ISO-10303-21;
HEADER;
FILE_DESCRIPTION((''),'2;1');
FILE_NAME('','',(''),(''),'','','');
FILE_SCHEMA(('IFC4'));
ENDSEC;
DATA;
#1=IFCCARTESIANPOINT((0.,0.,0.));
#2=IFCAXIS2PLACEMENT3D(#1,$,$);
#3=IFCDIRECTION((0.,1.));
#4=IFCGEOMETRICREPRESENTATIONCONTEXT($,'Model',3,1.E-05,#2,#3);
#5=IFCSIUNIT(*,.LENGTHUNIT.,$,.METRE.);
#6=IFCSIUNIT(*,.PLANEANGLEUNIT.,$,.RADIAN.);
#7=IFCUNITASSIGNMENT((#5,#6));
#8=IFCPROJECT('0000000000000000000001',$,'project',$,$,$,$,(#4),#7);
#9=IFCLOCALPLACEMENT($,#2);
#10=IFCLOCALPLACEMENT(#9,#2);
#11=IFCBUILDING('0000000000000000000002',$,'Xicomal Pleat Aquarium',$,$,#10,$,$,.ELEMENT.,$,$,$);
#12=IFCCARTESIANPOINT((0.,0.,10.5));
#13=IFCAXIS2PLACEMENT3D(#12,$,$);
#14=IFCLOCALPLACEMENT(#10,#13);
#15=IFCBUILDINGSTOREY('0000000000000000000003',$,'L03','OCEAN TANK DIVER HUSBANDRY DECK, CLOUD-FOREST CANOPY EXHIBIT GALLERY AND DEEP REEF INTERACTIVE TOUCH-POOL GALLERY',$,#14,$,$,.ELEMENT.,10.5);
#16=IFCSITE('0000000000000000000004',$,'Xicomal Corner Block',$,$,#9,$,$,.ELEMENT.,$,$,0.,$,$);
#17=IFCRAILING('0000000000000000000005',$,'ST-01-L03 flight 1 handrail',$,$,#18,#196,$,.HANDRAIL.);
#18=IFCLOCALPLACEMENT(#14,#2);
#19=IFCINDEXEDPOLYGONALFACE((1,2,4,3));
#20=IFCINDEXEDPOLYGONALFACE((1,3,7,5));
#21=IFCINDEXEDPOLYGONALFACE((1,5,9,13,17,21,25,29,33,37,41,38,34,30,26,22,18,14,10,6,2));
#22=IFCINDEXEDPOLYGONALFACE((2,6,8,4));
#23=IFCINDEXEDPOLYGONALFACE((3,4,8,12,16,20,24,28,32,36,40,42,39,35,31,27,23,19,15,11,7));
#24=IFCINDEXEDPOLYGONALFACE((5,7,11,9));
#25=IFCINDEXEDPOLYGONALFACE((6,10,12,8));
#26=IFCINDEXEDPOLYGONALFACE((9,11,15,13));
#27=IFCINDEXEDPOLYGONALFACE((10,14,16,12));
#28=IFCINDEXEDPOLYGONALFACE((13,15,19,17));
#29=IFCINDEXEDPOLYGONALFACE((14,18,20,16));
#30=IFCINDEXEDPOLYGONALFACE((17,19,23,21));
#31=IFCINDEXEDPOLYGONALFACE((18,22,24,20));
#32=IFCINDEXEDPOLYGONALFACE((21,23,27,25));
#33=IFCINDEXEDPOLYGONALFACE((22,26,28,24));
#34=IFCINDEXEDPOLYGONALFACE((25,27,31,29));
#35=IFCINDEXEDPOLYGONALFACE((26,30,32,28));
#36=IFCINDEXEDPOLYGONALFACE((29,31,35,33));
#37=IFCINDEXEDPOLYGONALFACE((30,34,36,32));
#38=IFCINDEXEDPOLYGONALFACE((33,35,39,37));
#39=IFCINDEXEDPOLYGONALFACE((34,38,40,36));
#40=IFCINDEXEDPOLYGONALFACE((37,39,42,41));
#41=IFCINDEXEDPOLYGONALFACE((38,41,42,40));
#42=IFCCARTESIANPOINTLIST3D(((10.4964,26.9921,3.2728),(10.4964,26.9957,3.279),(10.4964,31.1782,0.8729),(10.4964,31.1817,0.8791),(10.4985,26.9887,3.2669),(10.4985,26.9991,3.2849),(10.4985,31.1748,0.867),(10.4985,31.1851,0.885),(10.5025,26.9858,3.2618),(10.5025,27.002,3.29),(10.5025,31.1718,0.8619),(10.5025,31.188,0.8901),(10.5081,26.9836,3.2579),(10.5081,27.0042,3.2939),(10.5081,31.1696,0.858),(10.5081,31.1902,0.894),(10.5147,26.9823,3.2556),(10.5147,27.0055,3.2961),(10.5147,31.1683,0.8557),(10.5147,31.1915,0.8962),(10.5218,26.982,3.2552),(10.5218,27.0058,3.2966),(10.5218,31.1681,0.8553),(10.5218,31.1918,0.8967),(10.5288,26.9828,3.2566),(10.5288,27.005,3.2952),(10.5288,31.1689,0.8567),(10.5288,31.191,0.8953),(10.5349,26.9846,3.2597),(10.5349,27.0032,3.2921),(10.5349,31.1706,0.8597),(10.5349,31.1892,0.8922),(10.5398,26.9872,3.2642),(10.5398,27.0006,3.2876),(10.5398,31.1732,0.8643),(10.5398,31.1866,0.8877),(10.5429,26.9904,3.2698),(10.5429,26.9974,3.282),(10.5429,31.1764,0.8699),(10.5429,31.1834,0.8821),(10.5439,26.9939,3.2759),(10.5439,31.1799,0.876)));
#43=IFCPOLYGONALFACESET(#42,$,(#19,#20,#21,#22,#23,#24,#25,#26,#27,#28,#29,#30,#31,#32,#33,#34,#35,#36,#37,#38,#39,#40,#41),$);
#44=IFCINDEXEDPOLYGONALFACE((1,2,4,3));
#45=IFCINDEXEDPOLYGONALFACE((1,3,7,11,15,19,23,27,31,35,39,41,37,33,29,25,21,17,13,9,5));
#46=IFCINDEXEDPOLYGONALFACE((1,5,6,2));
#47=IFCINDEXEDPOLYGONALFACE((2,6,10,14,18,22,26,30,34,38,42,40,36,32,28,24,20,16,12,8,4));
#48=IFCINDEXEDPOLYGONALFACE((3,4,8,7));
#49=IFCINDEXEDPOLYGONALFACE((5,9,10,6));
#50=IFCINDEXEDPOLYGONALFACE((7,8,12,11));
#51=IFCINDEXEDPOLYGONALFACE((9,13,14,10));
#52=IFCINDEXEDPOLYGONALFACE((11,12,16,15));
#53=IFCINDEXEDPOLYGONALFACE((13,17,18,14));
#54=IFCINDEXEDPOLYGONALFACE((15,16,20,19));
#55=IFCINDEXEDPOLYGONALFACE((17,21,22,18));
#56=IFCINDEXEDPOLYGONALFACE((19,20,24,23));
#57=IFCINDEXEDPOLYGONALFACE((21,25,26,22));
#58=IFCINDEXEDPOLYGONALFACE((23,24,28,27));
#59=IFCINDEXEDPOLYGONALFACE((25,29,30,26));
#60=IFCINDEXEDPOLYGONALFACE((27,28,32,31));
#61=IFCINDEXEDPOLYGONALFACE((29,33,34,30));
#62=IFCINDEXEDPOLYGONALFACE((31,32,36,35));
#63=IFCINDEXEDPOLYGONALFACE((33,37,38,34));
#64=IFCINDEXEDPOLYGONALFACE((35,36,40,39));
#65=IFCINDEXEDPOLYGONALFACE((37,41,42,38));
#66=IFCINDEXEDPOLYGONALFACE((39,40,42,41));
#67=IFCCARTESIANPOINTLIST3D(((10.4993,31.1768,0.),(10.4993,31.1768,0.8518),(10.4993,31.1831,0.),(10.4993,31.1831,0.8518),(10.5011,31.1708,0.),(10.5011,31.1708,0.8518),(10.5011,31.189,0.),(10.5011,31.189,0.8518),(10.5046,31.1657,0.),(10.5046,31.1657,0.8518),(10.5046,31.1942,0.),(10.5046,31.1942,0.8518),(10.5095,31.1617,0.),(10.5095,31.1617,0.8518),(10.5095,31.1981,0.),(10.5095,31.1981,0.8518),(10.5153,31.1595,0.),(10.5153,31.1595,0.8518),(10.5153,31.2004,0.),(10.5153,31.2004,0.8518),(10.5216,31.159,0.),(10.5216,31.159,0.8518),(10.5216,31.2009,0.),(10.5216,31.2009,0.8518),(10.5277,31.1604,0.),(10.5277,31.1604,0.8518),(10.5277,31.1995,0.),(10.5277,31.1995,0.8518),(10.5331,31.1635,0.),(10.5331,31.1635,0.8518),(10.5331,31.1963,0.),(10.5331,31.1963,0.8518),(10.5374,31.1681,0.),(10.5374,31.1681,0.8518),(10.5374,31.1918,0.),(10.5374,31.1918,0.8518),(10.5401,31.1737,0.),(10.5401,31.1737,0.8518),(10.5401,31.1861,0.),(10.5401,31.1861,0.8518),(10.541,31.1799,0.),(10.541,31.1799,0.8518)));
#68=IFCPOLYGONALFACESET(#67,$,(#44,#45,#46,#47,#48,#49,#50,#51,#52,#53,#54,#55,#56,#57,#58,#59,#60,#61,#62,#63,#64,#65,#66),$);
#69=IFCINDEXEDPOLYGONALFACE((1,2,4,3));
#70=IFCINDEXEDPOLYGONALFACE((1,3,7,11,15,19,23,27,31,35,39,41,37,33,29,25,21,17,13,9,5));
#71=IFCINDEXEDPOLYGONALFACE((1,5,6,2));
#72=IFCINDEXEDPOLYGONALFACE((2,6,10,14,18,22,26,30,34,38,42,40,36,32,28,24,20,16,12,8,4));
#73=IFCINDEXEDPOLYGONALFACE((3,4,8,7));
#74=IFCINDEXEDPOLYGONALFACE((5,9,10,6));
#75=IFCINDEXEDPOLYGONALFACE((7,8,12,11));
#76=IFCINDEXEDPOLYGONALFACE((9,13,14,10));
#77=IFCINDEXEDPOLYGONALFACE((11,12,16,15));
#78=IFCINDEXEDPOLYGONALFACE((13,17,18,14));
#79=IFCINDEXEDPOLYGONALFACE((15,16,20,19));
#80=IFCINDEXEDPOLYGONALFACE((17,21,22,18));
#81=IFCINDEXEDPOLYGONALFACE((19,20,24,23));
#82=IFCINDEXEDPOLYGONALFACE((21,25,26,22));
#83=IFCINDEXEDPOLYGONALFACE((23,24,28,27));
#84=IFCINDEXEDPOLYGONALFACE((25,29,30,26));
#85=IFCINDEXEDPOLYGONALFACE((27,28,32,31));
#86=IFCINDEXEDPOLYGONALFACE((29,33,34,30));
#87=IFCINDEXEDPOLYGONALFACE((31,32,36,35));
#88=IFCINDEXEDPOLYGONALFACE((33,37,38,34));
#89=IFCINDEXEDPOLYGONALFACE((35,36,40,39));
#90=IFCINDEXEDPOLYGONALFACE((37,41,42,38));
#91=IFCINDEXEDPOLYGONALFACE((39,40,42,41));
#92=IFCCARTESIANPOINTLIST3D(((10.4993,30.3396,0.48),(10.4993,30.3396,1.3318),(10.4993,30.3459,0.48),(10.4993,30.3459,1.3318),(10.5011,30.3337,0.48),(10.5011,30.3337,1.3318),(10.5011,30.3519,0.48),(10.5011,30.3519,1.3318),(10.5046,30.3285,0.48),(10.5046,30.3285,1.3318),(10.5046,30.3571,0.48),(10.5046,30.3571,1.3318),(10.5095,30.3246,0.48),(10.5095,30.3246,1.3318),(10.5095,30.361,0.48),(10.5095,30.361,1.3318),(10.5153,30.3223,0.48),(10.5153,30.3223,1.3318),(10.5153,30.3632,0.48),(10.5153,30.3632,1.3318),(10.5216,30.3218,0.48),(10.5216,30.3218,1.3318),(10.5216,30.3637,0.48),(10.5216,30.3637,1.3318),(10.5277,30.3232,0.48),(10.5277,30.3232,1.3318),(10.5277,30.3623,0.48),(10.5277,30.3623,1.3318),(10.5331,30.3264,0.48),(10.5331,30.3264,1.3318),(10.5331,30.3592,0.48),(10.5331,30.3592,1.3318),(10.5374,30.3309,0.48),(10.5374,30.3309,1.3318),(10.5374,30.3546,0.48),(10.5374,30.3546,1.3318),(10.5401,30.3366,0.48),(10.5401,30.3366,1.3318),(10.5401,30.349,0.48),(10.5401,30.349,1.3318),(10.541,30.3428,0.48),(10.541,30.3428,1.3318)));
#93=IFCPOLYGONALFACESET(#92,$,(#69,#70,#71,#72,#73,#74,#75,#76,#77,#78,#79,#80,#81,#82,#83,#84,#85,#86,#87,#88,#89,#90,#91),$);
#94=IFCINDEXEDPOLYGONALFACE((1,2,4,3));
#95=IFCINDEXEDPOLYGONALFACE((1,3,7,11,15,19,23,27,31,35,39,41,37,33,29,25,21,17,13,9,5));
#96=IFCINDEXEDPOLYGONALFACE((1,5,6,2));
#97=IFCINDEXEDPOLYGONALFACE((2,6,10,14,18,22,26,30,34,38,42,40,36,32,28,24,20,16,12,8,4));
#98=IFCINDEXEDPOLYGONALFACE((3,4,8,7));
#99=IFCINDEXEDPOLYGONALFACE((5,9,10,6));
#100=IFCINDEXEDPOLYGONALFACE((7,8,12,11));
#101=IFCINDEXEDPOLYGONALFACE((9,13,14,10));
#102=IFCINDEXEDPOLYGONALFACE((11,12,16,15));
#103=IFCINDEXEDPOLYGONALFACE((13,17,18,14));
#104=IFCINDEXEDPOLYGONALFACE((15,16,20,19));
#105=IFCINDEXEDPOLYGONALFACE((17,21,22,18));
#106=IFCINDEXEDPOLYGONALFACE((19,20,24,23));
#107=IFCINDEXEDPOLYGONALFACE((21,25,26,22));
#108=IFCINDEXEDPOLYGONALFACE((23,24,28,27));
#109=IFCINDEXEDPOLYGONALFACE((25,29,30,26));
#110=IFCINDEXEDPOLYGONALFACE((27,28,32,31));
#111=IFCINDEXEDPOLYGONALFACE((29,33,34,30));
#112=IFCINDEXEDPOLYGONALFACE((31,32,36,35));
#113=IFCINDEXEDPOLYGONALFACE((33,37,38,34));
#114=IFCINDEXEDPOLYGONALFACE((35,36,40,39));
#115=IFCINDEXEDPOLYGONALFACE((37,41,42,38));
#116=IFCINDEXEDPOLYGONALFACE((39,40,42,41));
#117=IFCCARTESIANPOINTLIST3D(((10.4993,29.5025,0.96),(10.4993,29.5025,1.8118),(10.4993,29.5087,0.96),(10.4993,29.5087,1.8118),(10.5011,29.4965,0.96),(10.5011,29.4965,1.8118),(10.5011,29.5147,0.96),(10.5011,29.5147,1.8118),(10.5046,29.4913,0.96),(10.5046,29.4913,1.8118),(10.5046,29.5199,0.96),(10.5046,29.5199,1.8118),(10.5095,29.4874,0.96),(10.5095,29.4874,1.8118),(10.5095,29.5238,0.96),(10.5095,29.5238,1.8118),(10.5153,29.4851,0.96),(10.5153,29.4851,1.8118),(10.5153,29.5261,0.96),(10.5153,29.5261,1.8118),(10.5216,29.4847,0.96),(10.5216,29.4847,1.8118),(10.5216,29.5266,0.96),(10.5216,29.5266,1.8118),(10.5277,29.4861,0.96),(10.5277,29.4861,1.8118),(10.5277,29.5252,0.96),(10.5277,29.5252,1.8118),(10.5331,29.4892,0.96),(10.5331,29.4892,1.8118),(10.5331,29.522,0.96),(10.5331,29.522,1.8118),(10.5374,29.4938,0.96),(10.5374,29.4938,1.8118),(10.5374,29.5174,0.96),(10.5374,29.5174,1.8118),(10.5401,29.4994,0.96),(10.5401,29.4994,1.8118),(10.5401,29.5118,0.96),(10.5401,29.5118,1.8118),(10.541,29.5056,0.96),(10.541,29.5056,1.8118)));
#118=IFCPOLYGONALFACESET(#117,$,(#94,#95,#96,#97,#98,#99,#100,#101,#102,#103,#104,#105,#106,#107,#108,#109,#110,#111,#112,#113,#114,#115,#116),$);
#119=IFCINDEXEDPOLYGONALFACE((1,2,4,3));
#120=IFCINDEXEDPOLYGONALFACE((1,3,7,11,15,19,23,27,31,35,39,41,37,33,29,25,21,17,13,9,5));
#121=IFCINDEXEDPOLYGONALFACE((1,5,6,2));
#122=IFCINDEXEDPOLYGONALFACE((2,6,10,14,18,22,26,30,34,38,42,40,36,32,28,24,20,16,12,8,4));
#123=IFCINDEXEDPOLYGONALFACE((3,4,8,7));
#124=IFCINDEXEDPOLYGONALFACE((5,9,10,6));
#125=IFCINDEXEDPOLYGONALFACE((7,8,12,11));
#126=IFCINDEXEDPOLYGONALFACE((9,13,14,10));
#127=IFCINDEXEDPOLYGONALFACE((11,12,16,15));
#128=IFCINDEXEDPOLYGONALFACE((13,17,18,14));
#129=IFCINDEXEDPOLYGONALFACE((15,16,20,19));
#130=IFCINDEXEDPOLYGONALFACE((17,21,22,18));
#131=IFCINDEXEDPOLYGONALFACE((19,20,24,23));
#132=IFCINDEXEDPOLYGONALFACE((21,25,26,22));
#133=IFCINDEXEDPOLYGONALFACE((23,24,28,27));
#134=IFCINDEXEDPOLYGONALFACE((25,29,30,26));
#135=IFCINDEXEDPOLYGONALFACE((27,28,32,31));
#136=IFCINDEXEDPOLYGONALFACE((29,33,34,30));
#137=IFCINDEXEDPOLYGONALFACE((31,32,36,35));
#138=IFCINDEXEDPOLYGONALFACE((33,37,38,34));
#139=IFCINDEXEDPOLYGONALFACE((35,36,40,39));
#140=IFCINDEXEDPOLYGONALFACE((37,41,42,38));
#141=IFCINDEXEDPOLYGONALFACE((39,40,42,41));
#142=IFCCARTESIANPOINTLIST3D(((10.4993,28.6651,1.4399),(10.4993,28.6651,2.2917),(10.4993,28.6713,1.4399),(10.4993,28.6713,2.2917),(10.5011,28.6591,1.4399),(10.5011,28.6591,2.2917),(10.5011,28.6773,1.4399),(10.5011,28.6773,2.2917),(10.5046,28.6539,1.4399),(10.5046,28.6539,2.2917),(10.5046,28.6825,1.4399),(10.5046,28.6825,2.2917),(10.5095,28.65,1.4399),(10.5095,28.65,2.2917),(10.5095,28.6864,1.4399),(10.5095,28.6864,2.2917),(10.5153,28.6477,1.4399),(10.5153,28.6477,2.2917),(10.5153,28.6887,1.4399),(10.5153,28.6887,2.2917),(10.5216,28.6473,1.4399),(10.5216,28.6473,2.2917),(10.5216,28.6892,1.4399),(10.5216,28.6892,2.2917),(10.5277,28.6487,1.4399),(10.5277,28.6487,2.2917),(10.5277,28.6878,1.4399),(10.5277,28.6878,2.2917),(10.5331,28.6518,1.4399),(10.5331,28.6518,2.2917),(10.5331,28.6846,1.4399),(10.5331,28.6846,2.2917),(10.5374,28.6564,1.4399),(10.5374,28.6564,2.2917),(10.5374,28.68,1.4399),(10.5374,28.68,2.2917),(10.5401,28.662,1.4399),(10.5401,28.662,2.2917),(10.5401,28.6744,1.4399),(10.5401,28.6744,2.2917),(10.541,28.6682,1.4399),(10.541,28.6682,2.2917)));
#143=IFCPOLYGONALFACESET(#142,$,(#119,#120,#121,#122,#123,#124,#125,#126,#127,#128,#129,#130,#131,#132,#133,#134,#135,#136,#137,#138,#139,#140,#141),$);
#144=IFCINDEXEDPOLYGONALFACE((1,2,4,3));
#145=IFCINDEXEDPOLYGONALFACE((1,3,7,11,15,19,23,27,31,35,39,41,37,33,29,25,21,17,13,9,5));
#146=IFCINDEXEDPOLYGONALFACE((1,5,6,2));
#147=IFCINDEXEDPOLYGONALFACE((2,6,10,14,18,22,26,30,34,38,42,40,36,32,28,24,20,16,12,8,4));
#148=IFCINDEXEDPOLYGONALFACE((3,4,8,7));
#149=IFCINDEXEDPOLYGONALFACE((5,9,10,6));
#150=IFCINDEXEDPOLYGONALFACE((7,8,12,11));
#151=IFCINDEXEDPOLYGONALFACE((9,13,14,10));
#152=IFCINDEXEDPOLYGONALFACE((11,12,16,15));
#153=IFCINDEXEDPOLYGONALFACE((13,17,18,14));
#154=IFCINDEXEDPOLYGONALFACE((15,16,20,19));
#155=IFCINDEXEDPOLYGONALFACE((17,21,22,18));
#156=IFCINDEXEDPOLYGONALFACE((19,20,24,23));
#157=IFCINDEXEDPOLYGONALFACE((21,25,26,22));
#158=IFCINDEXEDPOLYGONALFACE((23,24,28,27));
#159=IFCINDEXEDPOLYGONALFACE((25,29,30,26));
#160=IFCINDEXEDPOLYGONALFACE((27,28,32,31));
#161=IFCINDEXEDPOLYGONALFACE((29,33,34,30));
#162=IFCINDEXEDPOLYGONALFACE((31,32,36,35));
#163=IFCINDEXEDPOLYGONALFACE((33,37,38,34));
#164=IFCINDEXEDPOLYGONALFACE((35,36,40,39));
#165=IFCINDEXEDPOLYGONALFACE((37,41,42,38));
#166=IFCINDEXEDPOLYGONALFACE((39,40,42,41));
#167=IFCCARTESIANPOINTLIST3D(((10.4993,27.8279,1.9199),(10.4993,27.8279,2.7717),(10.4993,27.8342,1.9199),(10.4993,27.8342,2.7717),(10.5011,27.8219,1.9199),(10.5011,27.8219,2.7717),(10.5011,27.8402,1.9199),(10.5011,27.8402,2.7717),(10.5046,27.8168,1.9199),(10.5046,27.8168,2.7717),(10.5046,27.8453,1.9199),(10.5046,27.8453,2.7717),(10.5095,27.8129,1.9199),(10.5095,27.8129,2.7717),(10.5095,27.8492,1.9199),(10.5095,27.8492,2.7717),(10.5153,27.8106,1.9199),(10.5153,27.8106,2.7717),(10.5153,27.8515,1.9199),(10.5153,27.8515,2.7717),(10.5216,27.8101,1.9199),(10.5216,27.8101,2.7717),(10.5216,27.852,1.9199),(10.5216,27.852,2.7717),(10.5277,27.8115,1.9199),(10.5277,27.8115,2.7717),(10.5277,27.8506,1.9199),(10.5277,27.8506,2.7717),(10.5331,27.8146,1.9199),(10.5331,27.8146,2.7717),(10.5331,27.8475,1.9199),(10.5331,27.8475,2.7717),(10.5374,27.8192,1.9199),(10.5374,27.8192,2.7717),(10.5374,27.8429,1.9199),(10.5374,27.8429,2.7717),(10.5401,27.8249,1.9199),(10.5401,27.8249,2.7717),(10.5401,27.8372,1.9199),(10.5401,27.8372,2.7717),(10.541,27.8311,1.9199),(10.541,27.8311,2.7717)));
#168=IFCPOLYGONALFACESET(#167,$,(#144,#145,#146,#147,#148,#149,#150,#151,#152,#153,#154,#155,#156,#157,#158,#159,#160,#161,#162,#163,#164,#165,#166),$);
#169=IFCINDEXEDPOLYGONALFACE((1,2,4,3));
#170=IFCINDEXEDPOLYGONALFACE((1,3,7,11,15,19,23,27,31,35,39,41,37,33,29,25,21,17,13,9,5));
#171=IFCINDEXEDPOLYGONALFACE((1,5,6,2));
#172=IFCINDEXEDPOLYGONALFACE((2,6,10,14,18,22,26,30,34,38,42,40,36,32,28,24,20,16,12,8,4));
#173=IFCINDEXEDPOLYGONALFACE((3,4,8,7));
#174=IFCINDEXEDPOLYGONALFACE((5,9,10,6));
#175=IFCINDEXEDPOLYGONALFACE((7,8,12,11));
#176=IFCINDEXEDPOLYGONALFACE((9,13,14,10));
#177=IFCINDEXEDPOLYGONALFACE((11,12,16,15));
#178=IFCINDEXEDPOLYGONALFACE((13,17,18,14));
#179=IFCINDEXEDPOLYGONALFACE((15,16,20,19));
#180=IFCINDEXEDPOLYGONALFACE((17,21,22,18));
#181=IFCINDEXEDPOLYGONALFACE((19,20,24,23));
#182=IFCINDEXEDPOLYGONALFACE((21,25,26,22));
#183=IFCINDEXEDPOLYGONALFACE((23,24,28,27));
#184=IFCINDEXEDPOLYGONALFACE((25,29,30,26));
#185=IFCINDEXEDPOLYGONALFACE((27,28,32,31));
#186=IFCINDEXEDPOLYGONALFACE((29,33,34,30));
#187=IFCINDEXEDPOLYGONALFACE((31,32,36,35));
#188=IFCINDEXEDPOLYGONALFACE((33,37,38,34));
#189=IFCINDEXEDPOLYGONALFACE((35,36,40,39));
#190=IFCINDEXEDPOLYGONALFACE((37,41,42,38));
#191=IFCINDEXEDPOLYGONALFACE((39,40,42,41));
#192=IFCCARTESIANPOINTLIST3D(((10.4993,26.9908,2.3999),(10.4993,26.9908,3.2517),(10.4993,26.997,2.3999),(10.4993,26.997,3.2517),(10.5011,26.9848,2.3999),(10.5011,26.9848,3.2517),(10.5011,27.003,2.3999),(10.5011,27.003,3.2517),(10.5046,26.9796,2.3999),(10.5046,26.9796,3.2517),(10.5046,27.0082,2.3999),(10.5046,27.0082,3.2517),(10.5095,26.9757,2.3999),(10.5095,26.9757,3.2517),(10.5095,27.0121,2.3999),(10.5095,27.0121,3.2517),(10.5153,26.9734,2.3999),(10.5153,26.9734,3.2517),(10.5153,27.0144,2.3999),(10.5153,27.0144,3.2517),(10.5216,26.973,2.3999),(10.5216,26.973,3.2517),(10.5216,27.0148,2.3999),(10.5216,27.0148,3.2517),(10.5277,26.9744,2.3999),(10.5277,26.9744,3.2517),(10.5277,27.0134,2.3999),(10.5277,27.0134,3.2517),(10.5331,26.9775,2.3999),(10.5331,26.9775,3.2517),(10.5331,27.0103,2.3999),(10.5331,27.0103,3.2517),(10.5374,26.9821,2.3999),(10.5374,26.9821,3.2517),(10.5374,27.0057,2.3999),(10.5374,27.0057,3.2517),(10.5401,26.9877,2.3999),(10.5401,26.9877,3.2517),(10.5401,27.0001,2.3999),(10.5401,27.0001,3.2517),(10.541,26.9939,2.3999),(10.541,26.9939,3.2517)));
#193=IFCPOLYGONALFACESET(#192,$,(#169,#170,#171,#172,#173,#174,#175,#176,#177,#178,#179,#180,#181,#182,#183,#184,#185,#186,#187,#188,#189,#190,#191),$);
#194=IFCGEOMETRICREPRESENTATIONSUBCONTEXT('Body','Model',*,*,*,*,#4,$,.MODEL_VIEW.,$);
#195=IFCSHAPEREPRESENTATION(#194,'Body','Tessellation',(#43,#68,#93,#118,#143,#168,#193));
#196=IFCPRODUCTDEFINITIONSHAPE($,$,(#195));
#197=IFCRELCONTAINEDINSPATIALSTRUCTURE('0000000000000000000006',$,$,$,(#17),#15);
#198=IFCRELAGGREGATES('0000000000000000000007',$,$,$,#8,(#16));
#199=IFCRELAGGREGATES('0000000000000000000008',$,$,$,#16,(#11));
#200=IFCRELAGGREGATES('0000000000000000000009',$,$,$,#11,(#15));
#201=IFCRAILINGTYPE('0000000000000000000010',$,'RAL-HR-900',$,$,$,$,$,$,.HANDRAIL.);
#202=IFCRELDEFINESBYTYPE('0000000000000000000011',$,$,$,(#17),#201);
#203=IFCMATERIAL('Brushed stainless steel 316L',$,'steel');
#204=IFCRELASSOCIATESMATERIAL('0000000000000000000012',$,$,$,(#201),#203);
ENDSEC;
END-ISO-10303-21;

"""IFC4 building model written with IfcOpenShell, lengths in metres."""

from ifc_helpers import new_model, si_unit, direction, frame, origin, origin_2d, place, context, subcontext, project, spatial, circle, extrude, material, type_object, element, save


model = new_model("IFC4")

# Units and contexts
model_context = context("Model", 3, precision=1e-05, world=origin(), true_north=direction((0.0, 1.0)))
body_context = subcontext(model_context, "Body", "Model", "MODEL_VIEW")
ifc_project = project(units=[si_unit("LENGTHUNIT", "METRE"), si_unit("PLANEANGLEUNIT", "RADIAN")], contexts=[model_context])

# Site, building, storey
site_placement = place(None, origin())
site = spatial("IfcSite", under=ifc_project, at=site_placement, Name="Xicomal Corner Block", CompositionType="ELEMENT", RefElevation=0.0)
building_placement = place(site_placement, origin())
building = spatial("IfcBuilding", under=site, at=building_placement, Name="Xicomal Pleat Aquarium", CompositionType="ELEMENT")
storey_placement = place(building_placement, frame((0.0, 0.0, 10.5)))
storey = spatial("IfcBuildingStorey", under=building, at=storey_placement, Name="L03", Description="OCEAN TANK DIVER HUSBANDRY DECK, CLOUD-FOREST CANOPY EXHIBIT GALLERY AND DEEP REEF INTERACTIVE TOUCH-POOL GALLERY", CompositionType="ELEMENT", Elevation=10.5)

# Railing
ifc_material_1 = material(Name="Brushed stainless steel 316L", Category="steel")
railing_type_1 = type_object("IfcRailingType", Name="RAL-HR-900", PredefinedType="HANDRAIL", material=ifc_material_1)
railing_1_placement = place(storey_placement, frame((10.52, 31.1799, 0.0)))
element("IfcRailing", 1, at=railing_1_placement, inside=storey, type_object=railing_type_1, Name="ST-01-L03 flight 1 handrail", PredefinedType="HANDRAIL", context=body_context, shape_type="SweptSolid", body=[
    extrude(circle(Radius=0.0239, at=origin_2d()), frame((0.0, 0.0, 0.876), z_axis=(0.0, -0.867539, 0.49737), x_axis=(1.0, 0.0, 0.0)), (0.0, 0.0, 1.0), 4.8252),
    extrude(circle(Radius=0.021, at=origin_2d()), origin(), (0.0, 0.0, 1.0), 0.8518),
    extrude(circle(Radius=0.021, at=origin_2d()), frame((0.0, -0.8372, 0.48)), (0.0, 0.0, 1.0), 0.8518),
    extrude(circle(Radius=0.021, at=origin_2d()), frame((0.0, -1.6743, 0.96)), (0.0, 0.0, 1.0), 0.8518),
    extrude(circle(Radius=0.021, at=origin_2d()), frame((0.0, -2.5117, 1.4399)), (0.0, 0.0, 1.0), 0.8518),
    extrude(circle(Radius=0.021, at=origin_2d()), frame((0.0, -3.3489, 1.9199)), (0.0, 0.0, 1.0), 0.8518),
    extrude(circle(Radius=0.021, at=origin_2d()), frame((0.0, -4.186, 2.3999)), (0.0, 0.0, 1.0), 0.8518),
])

save(model, "model.ifc")
